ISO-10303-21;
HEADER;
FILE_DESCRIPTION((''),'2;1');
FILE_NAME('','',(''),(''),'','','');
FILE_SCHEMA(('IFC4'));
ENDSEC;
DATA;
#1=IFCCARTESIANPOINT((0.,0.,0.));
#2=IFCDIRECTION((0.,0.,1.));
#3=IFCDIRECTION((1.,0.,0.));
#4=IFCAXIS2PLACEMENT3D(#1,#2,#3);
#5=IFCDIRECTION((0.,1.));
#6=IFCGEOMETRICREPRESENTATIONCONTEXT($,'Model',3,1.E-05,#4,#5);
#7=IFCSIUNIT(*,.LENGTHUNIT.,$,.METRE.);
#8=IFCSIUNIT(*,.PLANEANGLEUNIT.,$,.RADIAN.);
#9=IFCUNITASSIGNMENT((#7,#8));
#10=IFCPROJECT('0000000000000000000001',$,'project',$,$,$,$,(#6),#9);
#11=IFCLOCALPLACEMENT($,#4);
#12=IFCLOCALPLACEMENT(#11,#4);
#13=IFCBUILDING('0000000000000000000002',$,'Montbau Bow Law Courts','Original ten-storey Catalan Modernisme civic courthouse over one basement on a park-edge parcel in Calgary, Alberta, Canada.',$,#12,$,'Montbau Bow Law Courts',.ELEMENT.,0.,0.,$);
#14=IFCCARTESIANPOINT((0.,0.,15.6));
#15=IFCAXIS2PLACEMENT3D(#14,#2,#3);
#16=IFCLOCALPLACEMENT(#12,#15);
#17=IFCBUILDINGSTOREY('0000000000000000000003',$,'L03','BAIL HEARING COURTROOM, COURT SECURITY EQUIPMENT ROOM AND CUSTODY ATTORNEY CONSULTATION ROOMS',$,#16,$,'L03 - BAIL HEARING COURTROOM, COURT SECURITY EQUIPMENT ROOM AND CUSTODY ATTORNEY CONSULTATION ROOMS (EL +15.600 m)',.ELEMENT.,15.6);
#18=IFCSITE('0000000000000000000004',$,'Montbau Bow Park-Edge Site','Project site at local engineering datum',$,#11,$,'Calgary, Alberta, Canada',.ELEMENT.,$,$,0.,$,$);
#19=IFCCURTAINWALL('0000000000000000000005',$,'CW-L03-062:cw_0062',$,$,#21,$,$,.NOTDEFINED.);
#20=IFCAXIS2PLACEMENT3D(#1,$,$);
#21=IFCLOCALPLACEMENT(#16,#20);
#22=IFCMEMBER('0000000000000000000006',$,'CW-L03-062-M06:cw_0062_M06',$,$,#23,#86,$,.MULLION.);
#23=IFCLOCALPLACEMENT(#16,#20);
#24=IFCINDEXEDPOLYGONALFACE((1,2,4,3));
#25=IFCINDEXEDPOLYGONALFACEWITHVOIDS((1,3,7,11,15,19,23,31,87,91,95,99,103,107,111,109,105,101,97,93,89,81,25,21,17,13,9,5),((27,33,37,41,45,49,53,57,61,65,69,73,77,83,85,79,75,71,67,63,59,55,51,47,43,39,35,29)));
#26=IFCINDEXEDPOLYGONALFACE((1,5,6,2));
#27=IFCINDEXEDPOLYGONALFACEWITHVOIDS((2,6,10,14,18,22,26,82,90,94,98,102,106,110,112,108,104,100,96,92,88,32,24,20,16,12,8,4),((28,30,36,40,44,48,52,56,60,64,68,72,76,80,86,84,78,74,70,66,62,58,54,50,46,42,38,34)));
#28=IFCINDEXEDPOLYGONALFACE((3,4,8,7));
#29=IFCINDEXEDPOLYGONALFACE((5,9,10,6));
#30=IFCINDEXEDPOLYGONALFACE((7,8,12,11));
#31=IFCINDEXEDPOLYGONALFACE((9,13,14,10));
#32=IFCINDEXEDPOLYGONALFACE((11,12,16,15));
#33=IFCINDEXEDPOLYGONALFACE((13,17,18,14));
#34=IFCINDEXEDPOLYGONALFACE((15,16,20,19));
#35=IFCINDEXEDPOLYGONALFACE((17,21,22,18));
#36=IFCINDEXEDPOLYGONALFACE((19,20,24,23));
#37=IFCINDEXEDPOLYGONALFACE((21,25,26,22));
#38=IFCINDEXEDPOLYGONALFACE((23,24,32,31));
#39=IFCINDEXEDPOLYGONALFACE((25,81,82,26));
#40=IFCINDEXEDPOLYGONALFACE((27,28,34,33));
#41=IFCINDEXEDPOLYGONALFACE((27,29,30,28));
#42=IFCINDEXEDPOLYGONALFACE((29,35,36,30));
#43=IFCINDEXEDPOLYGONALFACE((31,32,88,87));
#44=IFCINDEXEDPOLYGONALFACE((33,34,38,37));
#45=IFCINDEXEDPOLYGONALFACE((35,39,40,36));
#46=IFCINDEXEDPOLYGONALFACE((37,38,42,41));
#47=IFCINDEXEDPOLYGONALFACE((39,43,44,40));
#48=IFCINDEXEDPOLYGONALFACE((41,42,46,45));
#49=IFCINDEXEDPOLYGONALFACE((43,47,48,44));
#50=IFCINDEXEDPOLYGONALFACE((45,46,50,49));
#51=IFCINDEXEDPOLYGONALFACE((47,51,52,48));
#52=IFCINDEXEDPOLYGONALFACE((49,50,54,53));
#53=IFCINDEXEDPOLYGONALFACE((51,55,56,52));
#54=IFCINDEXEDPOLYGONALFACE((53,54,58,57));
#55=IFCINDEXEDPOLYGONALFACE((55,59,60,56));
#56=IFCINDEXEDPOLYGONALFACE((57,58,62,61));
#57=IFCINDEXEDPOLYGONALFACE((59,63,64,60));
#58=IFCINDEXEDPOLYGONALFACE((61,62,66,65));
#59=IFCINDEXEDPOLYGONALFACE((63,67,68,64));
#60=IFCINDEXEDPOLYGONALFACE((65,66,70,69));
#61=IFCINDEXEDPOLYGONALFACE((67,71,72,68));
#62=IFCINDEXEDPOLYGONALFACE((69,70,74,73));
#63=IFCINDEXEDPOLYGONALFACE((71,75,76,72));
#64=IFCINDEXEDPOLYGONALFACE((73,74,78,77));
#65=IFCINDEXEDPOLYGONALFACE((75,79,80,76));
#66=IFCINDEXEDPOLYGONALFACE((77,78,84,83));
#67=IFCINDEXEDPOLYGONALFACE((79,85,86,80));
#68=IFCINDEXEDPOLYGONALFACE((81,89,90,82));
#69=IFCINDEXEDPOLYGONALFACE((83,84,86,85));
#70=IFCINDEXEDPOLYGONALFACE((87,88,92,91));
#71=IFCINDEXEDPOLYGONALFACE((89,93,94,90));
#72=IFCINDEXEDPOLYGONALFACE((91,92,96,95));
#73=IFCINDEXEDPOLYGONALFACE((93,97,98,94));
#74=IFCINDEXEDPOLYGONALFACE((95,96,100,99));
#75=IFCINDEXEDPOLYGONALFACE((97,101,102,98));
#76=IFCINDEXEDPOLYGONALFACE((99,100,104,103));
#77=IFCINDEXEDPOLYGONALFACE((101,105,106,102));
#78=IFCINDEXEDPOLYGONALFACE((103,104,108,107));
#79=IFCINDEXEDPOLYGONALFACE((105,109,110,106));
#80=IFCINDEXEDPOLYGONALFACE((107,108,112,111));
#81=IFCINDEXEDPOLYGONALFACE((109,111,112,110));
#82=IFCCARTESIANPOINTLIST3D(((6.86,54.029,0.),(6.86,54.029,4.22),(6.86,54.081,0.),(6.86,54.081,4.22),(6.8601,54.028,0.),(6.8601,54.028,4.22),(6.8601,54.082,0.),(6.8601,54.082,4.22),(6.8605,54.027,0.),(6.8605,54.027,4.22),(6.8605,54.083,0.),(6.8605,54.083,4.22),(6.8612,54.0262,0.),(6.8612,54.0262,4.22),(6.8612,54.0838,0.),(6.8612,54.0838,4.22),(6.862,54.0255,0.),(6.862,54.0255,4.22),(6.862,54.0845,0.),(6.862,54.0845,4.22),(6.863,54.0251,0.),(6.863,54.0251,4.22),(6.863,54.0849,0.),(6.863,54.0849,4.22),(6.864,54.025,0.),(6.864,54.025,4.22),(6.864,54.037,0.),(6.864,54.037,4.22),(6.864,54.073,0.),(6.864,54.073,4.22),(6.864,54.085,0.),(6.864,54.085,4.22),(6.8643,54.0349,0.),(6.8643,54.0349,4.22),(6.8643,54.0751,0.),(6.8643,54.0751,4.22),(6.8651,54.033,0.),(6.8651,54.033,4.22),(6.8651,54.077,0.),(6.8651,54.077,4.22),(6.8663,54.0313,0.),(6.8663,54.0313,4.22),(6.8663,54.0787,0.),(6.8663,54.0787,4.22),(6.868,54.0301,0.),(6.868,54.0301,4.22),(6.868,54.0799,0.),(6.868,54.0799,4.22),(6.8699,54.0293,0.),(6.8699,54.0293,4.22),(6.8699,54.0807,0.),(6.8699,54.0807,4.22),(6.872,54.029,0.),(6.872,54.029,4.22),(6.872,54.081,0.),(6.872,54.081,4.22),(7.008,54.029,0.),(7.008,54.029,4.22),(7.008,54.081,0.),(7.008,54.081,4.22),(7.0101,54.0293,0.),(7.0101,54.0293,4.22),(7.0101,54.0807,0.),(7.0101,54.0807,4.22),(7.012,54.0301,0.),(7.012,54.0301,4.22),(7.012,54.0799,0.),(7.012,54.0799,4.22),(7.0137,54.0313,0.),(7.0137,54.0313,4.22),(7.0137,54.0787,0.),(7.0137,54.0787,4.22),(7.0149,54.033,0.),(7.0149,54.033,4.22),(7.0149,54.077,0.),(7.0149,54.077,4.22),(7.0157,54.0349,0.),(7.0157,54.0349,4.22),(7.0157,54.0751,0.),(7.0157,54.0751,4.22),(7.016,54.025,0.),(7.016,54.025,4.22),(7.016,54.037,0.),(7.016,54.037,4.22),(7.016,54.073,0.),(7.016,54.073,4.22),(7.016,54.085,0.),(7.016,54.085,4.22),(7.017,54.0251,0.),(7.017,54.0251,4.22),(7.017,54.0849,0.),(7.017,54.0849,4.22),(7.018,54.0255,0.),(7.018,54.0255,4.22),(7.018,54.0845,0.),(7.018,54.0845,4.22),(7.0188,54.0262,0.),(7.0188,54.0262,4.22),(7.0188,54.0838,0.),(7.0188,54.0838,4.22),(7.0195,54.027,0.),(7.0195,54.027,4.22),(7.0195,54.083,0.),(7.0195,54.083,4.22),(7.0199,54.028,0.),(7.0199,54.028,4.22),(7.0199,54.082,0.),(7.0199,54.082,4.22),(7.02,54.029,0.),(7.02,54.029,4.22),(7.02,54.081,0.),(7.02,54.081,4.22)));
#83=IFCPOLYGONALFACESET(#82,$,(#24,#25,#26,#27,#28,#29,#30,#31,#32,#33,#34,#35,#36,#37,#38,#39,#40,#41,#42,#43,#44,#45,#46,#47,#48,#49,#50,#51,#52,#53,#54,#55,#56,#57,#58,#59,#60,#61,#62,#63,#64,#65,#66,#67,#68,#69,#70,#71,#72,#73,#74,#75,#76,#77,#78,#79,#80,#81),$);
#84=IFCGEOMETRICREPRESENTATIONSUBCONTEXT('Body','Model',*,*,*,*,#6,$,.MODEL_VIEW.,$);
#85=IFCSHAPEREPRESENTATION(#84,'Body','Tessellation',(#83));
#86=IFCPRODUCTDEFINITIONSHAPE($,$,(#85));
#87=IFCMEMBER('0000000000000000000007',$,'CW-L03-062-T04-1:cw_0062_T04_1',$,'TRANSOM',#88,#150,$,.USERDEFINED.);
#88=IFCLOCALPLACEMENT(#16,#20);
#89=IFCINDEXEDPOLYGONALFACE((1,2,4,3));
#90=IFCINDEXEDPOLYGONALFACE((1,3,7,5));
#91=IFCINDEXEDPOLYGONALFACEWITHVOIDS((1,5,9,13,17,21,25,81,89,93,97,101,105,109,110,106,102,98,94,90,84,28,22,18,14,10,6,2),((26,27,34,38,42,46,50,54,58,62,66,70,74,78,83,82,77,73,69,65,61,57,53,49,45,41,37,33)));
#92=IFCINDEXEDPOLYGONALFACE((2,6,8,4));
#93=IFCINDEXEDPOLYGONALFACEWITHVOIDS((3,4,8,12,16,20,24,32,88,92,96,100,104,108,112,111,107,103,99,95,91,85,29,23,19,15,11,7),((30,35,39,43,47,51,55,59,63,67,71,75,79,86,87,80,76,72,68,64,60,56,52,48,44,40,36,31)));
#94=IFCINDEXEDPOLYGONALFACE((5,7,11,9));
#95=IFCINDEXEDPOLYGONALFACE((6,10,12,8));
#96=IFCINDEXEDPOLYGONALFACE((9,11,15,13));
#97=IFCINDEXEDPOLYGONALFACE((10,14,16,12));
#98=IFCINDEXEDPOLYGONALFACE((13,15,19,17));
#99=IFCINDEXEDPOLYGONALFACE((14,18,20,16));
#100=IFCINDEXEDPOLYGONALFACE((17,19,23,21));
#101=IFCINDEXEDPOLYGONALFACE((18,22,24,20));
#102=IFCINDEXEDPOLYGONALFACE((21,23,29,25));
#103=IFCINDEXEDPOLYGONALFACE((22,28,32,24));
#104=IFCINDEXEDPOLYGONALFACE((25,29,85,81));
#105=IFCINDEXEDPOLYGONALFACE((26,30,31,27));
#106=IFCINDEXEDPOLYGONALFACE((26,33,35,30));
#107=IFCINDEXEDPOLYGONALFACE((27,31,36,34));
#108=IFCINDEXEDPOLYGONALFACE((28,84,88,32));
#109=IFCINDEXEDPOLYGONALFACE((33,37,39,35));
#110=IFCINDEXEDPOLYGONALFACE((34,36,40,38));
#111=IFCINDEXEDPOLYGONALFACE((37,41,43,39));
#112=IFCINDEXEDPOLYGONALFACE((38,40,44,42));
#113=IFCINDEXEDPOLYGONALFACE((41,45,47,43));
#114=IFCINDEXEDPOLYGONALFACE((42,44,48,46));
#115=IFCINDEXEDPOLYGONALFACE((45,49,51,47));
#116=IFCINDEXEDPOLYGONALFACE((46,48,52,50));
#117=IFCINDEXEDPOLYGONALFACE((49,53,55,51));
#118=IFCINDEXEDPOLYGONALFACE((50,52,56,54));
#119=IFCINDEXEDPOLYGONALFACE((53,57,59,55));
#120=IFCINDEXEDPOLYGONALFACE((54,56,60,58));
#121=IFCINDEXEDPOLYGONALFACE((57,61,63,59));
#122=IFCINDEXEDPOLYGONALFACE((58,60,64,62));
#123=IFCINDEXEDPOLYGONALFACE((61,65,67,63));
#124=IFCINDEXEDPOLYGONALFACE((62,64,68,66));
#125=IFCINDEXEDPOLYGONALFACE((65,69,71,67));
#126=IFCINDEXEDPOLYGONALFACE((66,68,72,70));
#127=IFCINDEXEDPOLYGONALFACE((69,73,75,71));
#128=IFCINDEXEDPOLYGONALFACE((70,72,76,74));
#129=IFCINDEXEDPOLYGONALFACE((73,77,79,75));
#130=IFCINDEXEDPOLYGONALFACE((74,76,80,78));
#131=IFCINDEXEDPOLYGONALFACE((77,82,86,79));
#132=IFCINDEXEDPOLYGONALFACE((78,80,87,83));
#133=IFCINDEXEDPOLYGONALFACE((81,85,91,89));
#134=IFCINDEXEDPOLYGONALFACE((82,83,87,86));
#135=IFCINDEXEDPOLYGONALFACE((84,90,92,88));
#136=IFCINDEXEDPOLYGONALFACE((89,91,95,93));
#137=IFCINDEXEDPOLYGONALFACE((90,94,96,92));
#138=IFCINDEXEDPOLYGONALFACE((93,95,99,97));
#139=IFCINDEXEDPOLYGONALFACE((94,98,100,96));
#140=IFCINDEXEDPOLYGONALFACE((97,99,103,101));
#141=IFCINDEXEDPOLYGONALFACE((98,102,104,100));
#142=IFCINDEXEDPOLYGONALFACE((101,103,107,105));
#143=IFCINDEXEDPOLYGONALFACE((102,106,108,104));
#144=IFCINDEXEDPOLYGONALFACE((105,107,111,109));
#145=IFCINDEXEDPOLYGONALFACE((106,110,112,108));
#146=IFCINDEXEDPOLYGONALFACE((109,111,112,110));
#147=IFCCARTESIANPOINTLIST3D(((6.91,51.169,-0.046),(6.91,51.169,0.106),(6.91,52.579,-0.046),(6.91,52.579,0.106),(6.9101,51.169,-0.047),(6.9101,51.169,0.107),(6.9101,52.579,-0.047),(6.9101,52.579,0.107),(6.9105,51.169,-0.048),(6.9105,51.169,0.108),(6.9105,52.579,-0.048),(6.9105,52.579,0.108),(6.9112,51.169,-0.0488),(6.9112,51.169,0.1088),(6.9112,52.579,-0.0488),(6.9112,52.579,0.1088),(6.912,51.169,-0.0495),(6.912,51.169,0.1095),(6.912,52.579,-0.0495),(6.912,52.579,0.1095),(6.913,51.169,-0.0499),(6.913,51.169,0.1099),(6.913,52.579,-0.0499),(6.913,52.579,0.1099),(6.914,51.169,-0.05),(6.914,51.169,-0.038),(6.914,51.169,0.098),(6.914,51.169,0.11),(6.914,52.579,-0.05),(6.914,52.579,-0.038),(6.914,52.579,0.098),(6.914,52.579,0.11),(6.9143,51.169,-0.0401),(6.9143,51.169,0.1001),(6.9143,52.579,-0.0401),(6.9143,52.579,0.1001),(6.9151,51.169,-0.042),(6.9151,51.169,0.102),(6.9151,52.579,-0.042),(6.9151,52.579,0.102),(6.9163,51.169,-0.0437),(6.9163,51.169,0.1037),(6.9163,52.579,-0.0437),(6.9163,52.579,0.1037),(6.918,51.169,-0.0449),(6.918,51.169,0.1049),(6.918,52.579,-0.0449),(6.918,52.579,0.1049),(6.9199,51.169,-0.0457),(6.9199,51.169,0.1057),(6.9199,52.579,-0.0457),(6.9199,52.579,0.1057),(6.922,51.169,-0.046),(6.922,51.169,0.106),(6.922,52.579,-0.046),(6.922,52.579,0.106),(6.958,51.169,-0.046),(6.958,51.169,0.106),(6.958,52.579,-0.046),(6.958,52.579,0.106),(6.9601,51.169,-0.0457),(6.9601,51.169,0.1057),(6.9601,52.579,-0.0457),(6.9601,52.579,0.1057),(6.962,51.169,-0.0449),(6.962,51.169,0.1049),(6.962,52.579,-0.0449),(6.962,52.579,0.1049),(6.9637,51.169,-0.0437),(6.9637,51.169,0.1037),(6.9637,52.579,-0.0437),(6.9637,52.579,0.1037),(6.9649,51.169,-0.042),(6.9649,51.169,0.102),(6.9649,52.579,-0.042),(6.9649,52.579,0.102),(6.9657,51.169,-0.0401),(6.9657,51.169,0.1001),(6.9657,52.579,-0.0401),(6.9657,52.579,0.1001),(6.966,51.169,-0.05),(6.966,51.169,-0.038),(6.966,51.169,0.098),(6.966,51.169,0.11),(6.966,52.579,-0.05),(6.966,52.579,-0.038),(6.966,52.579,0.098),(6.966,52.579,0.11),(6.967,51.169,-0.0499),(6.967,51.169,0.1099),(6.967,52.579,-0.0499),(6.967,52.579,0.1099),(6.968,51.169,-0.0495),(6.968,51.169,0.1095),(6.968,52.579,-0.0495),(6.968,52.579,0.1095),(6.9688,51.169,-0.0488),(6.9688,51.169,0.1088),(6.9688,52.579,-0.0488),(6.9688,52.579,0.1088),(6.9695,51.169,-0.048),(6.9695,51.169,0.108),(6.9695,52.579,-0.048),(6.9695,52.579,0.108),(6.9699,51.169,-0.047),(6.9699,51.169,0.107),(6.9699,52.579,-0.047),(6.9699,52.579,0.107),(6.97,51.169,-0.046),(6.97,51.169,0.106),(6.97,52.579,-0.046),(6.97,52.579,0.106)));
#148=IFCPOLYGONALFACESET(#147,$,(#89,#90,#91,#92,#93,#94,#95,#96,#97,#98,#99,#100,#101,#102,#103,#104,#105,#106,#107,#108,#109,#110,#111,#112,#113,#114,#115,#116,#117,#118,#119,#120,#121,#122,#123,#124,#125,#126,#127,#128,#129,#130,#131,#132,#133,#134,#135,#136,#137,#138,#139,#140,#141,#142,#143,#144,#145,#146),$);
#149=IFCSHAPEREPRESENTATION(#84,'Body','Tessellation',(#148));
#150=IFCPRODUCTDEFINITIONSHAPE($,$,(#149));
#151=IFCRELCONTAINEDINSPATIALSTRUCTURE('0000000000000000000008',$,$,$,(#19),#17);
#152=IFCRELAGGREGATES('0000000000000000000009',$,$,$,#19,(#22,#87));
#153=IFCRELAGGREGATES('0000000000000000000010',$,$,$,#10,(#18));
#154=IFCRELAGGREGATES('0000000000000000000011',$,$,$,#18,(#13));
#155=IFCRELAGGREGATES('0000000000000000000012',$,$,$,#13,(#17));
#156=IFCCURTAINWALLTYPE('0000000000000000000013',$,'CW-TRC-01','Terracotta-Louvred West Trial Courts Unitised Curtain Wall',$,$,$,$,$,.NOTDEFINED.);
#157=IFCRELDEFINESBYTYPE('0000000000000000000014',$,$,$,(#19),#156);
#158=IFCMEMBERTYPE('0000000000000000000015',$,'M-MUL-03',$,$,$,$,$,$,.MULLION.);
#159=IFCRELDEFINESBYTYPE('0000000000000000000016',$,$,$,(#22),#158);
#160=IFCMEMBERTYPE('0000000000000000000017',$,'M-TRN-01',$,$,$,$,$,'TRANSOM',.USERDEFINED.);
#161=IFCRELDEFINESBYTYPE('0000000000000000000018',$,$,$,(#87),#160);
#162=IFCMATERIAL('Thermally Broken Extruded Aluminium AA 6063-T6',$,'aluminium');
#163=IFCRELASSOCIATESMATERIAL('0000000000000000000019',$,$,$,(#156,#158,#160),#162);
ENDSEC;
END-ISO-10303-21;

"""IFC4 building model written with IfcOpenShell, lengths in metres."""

from ifc_helpers import new_model, si_unit, direction, frame, origin_with_axes, origin_2d_with_axis, place, context, subcontext, project, spatial, hollow_rectangle, extrude, material, material_profile, profile_set, type_object, element, aggregate, save


model = new_model("IFC4")

# Units and contexts
model_context = context("Model", 3, precision=1e-05, world=origin_with_axes(), true_north=direction((0.0, 1.0)))
body_context = subcontext(model_context, "Body", "Model", "MODEL_VIEW")
ifc_project = project(units=[si_unit("LENGTHUNIT", "METRE"), si_unit("PLANEANGLEUNIT", "RADIAN")], contexts=[model_context])

# Site, building, storey
site_placement = place(None, origin_with_axes())
site = spatial("IfcSite", under=ifc_project, at=site_placement, Name="Montbau Bow Park-Edge Site", Description="Project site at local engineering datum", LongName="Calgary, Alberta, Canada", CompositionType="ELEMENT", RefElevation=0.0)
building_placement = place(site_placement, origin_with_axes())
building = spatial("IfcBuilding", under=site, at=building_placement, Name="Montbau Bow Law Courts", Description="Original ten-storey Catalan Modernisme civic courthouse over one basement on a park-edge parcel in Calgary, Alberta, Canada.", LongName="Montbau Bow Law Courts", CompositionType="ELEMENT", ElevationOfRefHeight=0.0, ElevationOfTerrain=0.0)
storey_placement = place(building_placement, frame((0.0, 0.0, 15.6), z_axis=(0.0, 0.0, 1.0), x_axis=(1.0, 0.0, 0.0)))
storey = spatial("IfcBuildingStorey", under=building, at=storey_placement, Name="L03", Description="BAIL HEARING COURTROOM, COURT SECURITY EQUIPMENT ROOM AND CUSTODY ATTORNEY CONSULTATION ROOMS", LongName="L03 - BAIL HEARING COURTROOM, COURT SECURITY EQUIPMENT ROOM AND CUSTODY ATTORNEY CONSULTATION ROOMS (EL +15.600 m)", CompositionType="ELEMENT", Elevation=15.6)

# Curtain wall, members
ifc_material_1 = material(Name="Thermally Broken Extruded Aluminium AA 6063-T6", Category="aluminium")
curtain_wall_type = type_object("IfcCurtainWallType", Name="CW-TRC-01", Description="Terracotta-Louvred West Trial Courts Unitised Curtain Wall", PredefinedType="NOTDEFINED", material=ifc_material_1)
curtain_wall_1_placement = place(None, frame((6.94, 46.715, 15.6), z_axis=(0.0, 0.0, 1.0), x_axis=(1.0, 0.0, 0.0)))
curtain_wall_1 = element("IfcCurtainWall", 1, at=curtain_wall_1_placement, inside=storey, type_object=curtain_wall_type, Name="CW-L03-062:cw_0062", PredefinedType="NOTDEFINED")
ifc_material_profile_1 = material_profile(ifc_material_1, hollow_rectangle(XDim=0.06, YDim=0.16, WallThickness=0.004, InnerFilletRadius=0.008, OuterFilletRadius=0.004, at=origin_2d_with_axis()), Name="CWM-160X60", Category="Main", Priority=0)
ifc_profile_set_1 = profile_set([ifc_material_profile_1], Name="Thermally Broken Extruded Aluminium AA 6063-T6")
member_type_1 = type_object("IfcMemberType", Name="M-MUL-03", PredefinedType="MULLION", material=ifc_profile_set_1)
member_1_placement = place(None, frame((6.94, 54.055, 15.6), z_axis=(0.0, 0.0, 1.0), x_axis=(0.0, 1.0, 0.0)))
member_1 = element("IfcMember", 2, at=member_1_placement, type_object=member_type_1, Name="CW-L03-062-M06:cw_0062_M06", PredefinedType="MULLION", context=body_context, shape_type="SweptSolid", body=[
    extrude(hollow_rectangle(XDim=0.06, YDim=0.16, WallThickness=0.004, InnerFilletRadius=0.008, OuterFilletRadius=0.004, at=origin_2d_with_axis()), origin_with_axes(), (0.0, 0.0, 1.0), 4.22),
])
ifc_material_profile_2 = material_profile(ifc_material_1, hollow_rectangle(XDim=0.06, YDim=0.16, WallThickness=0.004, InnerFilletRadius=0.008, OuterFilletRadius=0.004, at=origin_2d_with_axis()), Name="CWT-160X60", Category="Main", Priority=0)
ifc_profile_set_2 = profile_set([ifc_material_profile_2], Name="Thermally Broken Extruded Aluminium AA 6063-T6")
member_type_2 = type_object("IfcMemberType", Name="M-TRN-01", ElementType="TRANSOM", PredefinedType="USERDEFINED", material=ifc_profile_set_2)
member_2_placement = place(None, frame((6.94, 51.169, 15.63), z_axis=(0.0, 1.0, 0.0), x_axis=(-1.0, 0.0, 0.0)))
member_2 = element("IfcMember", 3, at=member_2_placement, type_object=member_type_2, Name="CW-L03-062-T04-1:cw_0062_T04_1", ObjectType="TRANSOM", PredefinedType="USERDEFINED", context=body_context, shape_type="SweptSolid", body=[
    extrude(hollow_rectangle(XDim=0.06, YDim=0.16, WallThickness=0.004, InnerFilletRadius=0.008, OuterFilletRadius=0.004, at=origin_2d_with_axis()), origin_with_axes(), (0.0, 0.0, 1.0), 1.41),
])
aggregate(curtain_wall_1, [member_1, member_2])

save(model, "model.ifc")
